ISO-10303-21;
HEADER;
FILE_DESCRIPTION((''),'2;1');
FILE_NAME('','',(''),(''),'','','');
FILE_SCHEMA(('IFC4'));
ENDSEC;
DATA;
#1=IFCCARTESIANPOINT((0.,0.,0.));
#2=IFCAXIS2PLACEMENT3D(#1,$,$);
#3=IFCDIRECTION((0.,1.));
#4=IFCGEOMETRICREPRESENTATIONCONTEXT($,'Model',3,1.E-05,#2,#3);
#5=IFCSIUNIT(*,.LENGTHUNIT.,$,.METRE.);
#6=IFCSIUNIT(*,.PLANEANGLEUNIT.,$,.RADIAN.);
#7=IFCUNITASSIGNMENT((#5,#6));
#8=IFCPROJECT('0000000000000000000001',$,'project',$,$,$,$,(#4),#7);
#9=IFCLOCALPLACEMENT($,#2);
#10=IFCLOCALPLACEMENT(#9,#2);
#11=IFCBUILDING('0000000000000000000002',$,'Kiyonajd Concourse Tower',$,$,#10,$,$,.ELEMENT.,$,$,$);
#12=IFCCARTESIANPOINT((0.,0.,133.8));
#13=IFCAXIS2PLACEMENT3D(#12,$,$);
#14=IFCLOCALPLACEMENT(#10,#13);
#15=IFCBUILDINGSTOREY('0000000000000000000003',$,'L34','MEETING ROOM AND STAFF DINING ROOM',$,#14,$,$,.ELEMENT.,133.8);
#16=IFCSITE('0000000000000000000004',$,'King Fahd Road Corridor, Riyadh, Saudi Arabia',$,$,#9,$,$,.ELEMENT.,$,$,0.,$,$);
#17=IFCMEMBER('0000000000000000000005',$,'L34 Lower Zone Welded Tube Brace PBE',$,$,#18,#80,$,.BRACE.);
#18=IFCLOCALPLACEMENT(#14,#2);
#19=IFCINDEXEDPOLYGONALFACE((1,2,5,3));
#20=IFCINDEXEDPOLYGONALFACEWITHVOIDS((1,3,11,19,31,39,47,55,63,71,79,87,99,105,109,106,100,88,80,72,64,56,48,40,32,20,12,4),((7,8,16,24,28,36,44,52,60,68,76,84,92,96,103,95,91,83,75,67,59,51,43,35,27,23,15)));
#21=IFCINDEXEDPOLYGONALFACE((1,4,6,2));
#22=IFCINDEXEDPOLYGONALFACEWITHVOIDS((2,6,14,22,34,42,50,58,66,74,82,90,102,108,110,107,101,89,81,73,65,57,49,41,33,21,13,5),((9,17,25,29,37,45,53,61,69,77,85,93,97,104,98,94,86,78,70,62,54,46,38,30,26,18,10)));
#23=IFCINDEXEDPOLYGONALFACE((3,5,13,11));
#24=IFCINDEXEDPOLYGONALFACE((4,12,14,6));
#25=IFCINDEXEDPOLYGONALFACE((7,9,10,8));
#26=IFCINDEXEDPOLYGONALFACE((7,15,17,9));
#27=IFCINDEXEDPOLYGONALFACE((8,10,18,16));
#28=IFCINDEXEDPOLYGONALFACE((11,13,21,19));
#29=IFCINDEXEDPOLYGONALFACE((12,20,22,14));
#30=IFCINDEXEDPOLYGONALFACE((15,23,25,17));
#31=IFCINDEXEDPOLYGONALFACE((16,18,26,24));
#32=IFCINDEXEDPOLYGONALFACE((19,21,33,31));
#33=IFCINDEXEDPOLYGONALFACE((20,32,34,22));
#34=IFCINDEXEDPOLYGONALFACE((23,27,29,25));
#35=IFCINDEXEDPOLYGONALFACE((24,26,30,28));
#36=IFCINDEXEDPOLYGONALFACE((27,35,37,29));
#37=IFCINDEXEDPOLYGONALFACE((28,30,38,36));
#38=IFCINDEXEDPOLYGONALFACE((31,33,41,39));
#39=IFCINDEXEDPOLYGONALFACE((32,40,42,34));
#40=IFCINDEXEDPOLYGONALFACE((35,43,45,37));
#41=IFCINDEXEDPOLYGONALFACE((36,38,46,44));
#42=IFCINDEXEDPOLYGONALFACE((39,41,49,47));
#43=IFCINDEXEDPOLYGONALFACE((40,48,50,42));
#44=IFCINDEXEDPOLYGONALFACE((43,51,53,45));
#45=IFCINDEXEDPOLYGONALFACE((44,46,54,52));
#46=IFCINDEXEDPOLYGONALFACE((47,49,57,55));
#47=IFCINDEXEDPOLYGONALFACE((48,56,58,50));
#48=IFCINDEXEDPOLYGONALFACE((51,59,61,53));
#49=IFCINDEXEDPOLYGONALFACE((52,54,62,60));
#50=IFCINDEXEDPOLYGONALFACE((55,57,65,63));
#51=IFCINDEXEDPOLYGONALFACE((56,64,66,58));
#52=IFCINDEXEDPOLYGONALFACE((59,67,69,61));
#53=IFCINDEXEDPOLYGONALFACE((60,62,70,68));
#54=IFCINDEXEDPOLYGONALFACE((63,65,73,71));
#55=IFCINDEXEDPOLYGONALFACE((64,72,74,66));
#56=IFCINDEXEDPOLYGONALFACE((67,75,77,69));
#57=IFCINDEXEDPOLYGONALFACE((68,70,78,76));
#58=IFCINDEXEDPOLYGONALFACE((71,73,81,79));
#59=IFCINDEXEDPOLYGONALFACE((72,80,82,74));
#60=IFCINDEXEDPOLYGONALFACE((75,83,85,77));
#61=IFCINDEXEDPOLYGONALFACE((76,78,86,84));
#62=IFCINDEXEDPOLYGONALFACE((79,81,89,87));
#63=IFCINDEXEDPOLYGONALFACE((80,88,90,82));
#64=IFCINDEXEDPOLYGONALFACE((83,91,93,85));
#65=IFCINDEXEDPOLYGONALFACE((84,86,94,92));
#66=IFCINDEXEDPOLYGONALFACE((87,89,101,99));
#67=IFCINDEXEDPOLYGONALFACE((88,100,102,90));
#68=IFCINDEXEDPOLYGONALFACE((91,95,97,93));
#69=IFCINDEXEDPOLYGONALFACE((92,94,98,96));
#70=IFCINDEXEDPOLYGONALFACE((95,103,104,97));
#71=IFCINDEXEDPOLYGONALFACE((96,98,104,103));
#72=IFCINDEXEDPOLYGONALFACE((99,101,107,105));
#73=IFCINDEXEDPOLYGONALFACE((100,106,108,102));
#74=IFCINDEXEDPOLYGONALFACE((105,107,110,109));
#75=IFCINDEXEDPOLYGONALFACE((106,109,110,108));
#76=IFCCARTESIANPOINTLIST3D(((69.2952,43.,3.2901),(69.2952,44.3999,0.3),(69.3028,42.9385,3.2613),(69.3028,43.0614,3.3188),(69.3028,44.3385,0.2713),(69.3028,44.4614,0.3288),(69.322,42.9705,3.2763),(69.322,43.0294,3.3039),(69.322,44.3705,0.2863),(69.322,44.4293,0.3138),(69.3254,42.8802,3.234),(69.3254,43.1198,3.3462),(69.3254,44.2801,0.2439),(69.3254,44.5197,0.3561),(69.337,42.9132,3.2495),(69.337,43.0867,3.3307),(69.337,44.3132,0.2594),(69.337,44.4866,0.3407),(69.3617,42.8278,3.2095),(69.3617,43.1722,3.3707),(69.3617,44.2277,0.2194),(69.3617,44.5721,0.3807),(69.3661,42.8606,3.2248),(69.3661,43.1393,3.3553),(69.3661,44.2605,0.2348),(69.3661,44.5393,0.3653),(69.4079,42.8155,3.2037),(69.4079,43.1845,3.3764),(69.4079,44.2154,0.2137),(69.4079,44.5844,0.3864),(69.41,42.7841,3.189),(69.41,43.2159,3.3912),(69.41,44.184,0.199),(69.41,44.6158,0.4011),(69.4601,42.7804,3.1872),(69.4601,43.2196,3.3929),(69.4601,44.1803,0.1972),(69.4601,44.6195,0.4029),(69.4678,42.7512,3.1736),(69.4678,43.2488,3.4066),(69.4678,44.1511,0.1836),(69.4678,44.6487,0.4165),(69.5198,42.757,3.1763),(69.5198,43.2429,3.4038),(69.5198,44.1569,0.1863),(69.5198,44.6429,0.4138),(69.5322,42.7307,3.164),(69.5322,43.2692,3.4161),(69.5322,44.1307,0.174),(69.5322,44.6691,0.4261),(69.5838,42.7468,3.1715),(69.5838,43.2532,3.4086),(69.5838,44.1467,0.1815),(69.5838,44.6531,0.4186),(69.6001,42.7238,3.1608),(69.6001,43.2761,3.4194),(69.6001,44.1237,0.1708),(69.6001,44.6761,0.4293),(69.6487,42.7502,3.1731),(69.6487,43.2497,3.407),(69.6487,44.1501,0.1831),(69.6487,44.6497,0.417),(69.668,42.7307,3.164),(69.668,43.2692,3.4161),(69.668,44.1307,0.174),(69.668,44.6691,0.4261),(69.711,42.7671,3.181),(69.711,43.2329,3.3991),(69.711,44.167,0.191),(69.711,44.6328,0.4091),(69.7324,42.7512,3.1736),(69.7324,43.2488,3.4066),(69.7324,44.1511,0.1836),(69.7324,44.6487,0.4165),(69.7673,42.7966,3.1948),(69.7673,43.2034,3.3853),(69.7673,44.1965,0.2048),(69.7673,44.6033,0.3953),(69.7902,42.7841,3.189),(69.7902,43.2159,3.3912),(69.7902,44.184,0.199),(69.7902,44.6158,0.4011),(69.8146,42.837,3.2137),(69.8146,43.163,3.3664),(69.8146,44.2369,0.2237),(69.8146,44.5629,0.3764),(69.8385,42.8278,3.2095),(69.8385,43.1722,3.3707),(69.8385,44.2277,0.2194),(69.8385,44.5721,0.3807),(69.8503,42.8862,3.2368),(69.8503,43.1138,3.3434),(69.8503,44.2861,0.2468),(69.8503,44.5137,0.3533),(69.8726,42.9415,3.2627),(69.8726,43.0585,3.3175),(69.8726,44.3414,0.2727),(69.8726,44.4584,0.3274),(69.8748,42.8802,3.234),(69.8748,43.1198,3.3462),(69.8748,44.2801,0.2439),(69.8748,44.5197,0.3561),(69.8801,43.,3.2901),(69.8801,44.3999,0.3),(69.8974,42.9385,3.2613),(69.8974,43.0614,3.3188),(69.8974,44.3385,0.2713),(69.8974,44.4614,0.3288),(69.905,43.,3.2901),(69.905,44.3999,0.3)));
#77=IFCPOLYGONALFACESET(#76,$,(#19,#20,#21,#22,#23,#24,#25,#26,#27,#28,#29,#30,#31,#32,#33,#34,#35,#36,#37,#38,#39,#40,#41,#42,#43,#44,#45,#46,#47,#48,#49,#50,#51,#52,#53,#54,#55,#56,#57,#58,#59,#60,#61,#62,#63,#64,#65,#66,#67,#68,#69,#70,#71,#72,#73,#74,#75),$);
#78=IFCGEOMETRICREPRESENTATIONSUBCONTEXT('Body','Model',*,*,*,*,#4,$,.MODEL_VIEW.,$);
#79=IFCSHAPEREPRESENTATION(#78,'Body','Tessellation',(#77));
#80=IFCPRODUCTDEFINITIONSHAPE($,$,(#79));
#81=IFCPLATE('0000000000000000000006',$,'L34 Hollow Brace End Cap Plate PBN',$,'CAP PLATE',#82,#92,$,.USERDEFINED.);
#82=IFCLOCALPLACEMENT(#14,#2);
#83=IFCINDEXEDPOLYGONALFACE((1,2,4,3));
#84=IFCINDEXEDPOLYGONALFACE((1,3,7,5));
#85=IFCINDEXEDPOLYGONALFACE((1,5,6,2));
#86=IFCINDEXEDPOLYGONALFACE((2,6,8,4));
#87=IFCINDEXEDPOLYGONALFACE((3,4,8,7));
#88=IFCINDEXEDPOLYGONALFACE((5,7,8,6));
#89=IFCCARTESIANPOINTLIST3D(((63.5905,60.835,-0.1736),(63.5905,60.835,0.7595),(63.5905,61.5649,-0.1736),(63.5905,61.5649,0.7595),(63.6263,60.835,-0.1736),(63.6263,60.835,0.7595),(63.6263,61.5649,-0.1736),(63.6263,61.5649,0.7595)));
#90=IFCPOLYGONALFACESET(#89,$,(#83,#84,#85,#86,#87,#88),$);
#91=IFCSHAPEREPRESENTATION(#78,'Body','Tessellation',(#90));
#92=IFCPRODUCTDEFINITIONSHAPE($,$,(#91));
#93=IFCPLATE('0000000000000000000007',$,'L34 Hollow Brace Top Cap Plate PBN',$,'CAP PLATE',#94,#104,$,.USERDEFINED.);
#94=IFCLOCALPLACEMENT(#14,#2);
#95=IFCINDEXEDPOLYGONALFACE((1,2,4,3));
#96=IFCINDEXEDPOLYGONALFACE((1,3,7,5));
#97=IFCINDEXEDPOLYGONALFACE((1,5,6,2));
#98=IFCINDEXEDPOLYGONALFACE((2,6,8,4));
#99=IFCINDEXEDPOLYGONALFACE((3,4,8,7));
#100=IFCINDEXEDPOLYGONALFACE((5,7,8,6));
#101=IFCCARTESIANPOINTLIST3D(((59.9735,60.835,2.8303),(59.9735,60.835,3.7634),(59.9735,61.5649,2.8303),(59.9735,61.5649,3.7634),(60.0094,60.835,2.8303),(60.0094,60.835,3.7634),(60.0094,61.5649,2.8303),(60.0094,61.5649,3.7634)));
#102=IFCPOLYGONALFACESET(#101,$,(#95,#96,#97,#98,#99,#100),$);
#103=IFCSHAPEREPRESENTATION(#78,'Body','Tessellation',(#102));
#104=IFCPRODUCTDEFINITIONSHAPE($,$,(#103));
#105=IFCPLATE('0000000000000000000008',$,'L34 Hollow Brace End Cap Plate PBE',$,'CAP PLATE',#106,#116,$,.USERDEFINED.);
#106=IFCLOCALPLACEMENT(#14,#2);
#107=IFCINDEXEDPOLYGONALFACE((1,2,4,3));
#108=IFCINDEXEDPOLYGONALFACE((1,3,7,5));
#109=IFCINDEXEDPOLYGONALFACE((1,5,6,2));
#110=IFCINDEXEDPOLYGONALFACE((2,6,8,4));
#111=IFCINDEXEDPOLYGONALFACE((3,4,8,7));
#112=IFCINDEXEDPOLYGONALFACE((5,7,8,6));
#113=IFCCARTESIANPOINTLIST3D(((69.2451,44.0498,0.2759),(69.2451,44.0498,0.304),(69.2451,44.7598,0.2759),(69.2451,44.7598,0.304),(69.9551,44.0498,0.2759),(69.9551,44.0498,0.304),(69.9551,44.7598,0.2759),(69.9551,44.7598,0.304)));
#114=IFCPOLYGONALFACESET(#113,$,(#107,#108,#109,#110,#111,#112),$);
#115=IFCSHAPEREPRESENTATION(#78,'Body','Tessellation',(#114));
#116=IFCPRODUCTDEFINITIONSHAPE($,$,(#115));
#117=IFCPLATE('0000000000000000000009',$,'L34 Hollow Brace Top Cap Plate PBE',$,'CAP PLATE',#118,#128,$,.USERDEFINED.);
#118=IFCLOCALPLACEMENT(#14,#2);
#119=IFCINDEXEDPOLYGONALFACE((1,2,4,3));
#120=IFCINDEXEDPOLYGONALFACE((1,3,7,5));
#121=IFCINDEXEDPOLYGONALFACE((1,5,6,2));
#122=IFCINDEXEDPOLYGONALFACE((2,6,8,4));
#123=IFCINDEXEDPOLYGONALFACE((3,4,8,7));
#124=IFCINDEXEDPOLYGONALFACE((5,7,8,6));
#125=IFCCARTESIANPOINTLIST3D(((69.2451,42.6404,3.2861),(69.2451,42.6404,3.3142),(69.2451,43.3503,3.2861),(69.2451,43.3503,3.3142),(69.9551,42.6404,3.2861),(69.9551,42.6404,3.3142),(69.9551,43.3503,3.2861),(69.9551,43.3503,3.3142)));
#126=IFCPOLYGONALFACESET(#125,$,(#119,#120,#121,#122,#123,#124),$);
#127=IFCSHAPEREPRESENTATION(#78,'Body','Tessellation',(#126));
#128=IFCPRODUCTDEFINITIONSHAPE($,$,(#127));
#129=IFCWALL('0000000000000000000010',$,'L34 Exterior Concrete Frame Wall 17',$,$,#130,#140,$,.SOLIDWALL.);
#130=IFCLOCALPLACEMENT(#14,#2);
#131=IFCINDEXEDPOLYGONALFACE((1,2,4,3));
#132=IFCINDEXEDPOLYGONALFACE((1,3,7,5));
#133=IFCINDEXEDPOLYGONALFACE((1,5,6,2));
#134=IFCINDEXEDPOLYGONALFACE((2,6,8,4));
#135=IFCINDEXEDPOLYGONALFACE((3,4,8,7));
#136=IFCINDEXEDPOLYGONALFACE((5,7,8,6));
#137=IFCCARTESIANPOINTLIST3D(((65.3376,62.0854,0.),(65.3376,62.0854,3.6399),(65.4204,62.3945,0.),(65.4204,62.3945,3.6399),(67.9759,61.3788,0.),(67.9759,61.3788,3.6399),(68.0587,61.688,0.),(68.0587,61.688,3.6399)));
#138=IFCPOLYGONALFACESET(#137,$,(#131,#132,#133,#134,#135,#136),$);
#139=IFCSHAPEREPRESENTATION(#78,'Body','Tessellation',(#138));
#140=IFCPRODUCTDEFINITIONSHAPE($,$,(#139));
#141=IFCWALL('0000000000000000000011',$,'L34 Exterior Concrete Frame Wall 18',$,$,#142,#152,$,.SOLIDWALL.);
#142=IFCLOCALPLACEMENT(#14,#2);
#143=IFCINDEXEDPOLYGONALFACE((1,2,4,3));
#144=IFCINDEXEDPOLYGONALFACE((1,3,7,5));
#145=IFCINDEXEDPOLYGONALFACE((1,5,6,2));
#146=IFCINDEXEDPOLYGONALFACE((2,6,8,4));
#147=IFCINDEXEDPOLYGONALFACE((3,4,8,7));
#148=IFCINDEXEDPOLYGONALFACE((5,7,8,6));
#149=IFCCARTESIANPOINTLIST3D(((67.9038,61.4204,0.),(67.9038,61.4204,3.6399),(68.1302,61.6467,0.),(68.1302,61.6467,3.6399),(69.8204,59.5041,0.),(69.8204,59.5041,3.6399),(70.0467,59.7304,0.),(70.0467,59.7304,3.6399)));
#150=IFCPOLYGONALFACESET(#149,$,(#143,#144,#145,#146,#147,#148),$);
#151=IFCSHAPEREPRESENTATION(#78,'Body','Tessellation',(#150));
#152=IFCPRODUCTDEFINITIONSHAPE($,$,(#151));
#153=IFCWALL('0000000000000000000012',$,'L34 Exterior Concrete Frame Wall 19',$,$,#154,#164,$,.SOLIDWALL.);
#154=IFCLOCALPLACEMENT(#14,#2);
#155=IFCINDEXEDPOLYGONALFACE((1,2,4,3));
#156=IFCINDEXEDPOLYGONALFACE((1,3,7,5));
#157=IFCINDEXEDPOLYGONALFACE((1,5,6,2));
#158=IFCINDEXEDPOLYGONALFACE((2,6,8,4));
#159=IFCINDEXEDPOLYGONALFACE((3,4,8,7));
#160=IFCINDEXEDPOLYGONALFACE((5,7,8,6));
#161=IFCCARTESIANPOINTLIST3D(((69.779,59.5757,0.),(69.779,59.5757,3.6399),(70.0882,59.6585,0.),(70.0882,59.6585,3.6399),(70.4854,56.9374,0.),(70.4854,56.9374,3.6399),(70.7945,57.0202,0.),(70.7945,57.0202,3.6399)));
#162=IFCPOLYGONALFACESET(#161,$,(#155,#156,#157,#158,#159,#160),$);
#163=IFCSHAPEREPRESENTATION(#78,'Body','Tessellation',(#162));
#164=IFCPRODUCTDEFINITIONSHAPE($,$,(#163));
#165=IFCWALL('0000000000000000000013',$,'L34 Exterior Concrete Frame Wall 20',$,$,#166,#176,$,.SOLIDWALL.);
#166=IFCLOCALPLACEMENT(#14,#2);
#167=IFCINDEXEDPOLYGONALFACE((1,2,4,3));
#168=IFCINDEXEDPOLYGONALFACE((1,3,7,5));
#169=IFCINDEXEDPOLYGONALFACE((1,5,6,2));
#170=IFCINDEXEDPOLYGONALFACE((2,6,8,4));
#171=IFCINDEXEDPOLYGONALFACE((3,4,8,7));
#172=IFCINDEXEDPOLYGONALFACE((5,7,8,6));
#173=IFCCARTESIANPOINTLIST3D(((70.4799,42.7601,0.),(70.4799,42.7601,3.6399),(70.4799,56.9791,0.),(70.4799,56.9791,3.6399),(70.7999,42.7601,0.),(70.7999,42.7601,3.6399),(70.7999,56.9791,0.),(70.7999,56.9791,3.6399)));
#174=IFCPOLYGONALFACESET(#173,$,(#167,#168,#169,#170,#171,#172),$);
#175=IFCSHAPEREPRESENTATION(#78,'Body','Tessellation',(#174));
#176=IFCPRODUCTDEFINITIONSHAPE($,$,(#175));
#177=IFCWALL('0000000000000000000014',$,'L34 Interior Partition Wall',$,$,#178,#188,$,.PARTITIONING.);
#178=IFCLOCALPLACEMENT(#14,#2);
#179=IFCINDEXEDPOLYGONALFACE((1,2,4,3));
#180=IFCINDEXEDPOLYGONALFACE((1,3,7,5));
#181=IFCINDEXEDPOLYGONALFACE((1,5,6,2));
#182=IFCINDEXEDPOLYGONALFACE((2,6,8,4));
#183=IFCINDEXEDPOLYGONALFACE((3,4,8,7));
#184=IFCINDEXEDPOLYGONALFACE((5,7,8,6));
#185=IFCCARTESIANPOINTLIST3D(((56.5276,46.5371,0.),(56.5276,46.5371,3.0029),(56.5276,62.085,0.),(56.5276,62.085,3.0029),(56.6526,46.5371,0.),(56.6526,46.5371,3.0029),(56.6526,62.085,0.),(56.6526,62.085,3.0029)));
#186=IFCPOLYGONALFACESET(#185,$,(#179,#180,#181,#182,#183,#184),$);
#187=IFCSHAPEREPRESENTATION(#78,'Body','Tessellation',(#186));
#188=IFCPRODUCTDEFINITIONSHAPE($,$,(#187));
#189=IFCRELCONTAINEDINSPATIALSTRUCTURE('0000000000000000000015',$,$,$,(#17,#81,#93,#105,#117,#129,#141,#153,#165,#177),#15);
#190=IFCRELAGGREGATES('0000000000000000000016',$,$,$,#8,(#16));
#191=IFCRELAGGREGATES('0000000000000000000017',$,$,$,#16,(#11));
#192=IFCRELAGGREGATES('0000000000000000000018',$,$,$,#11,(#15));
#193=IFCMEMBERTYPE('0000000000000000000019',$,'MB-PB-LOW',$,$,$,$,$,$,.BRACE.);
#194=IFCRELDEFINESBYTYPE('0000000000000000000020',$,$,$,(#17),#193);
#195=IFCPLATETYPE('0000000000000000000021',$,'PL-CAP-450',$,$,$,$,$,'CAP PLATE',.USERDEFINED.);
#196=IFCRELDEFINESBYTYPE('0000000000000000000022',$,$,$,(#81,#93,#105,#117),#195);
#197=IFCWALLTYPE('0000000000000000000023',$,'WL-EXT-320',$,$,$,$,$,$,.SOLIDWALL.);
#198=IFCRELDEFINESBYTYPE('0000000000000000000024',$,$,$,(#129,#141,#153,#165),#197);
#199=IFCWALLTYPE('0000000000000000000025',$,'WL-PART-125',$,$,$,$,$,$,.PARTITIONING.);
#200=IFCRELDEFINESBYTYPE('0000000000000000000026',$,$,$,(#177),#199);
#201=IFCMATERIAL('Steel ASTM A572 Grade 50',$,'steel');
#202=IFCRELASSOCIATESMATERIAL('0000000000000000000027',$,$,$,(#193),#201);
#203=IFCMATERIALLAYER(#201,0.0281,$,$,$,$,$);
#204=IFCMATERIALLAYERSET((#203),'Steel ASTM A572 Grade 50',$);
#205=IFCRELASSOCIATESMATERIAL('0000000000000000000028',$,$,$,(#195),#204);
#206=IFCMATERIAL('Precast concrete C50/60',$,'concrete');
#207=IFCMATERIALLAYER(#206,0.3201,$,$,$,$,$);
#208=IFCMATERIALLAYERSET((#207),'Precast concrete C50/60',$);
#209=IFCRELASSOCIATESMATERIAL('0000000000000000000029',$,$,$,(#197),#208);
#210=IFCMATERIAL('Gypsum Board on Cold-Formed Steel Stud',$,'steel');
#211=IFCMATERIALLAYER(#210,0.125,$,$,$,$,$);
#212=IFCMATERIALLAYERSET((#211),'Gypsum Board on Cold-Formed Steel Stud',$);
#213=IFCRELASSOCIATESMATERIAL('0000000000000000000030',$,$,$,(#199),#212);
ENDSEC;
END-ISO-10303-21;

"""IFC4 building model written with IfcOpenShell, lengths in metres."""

from ifc_helpers import new_model, si_unit, direction, frame, frame_2d, origin, origin_2d, place, context, subcontext, project, spatial, rectangle, hollow_circle, extrude, material, layer, layer_set, material_profile, profile_set, type_object, element, save


model = new_model("IFC4")

# Units and contexts
model_context = context("Model", 3, precision=1e-05, world=origin(), true_north=direction((0.0, 1.0)))
body_context = subcontext(model_context, "Body", "Model", "MODEL_VIEW")
ifc_project = project(units=[si_unit("LENGTHUNIT", "METRE"), si_unit("PLANEANGLEUNIT", "RADIAN")], contexts=[model_context])

# Site, building, storey
site_placement = place(None, origin())
site = spatial("IfcSite", under=ifc_project, at=site_placement, Name="King Fahd Road Corridor, Riyadh, Saudi Arabia", CompositionType="ELEMENT", RefElevation=0.0)
building_placement = place(site_placement, origin())
building = spatial("IfcBuilding", under=site, at=building_placement, Name="Kiyonajd Concourse Tower", CompositionType="ELEMENT")
storey_placement = place(building_placement, frame((0.0, 0.0, 133.8)))
storey = spatial("IfcBuildingStorey", under=building, at=storey_placement, Name="L34", Description="MEETING ROOM AND STAFF DINING ROOM", CompositionType="ELEMENT", Elevation=133.8)

# Shared definitions
ifc_material_1 = material(Name="Precast concrete C50/60", Category="concrete")

# Member
ifc_material_2 = material(Name="Steel ASTM A572 Grade 50", Category="steel")
ifc_material_profile_1 = material_profile(ifc_material_2, hollow_circle(Radius=0.3049, WallThickness=0.0249, at=origin_2d()), Name="CHS-610x25")
ifc_profile_set_1 = profile_set([ifc_material_profile_1], Name="Steel ASTM A572 Grade 50")
member_type = type_object("IfcMemberType", Name="MB-PB-LOW", PredefinedType="BRACE", material=ifc_profile_set_1)
member_1_placement = place(storey_placement, frame((69.6001, 44.3999, 0.3), z_axis=(0.0, -0.424023, 0.905652), x_axis=(1.0, 0.0, 0.0)))
element("IfcMember", 1, at=member_1_placement, inside=storey, type_object=member_type, Name="L34 Lower Zone Welded Tube Brace PBE", PredefinedType="BRACE", context=body_context, shape_type="SweptSolid", body=[
    extrude(hollow_circle(Radius=0.3049, WallThickness=0.0249, at=origin_2d()), origin(), (0.0, 0.0, 1.0), 3.3015),
])

# Plates
ifc_layer_1 = layer(ifc_material_2, 0.0281)
ifc_layer_set_1 = layer_set([ifc_layer_1], Name="Steel ASTM A572 Grade 50")
plate_type = type_object("IfcPlateType", Name="PL-CAP-450", ElementType="CAP PLATE", PredefinedType="USERDEFINED", material=ifc_layer_set_1)
for number, where, z_axis, x_axis, name in (
    (2, (63.6084, 61.2, -0.1736), (0.0, 0.0, 1.0), (1.0, 0.0, 0.0), "L34 Hollow Brace End Cap Plate PBN"),
    (3, (59.9915, 61.2, 2.8303), (0.0, 0.0, 1.0), (-1.0, 0.0, 0.0), "L34 Hollow Brace Top Cap Plate PBN"),
):
    element("IfcPlate", number, at=place(storey_placement, frame(where, z_axis=z_axis, x_axis=x_axis)), inside=storey, type_object=plate_type, Name=name, ObjectType="CAP PLATE", PredefinedType="USERDEFINED", context=body_context, shape_type="SweptSolid", body=[
        extrude(rectangle(XDim=0.0359, YDim=0.73, at=origin_2d()), origin(), (0.0, 0.0, 1.0), 0.9331),
    ])
for number, where, z_axis, x_axis, name in (
    (4, (69.6001, 44.4048, 0.2759), (0.0, 0.0, 1.0), (1.0, 0.0, 0.0), "L34 Hollow Brace End Cap Plate PBE"),
    (5, (69.6001, 42.9954, 3.2861), (0.0, 0.0, 1.0), (1.0, 0.0, 0.0), "L34 Hollow Brace Top Cap Plate PBE"),
):
    element("IfcPlate", number, at=place(storey_placement, frame(where, z_axis=z_axis, x_axis=x_axis)), inside=storey, type_object=plate_type, Name=name, ObjectType="CAP PLATE", PredefinedType="USERDEFINED", context=body_context, shape_type="SweptSolid", body=[
        extrude(rectangle(XDim=0.71, YDim=0.71, at=origin_2d()), origin(), (0.0, 0.0, 1.0), 0.0281),
    ])

# Walls
ifc_layer_2 = layer(ifc_material_1, 0.3201)
ifc_layer_set_2 = layer_set([ifc_layer_2], Name="Precast concrete C50/60")
wall_type_1 = type_object("IfcWallType", Name="WL-EXT-320", PredefinedType="SOLIDWALL", material=ifc_layer_set_2)
wall_1_placement = place(storey_placement, frame((65.3789, 62.24, 0.0), z_axis=(0.0, 0.0, 1.0), x_axis=(0.965958, -0.258697, 0.0)))
element("IfcWall", 6, at=wall_1_placement, inside=storey, type_object=wall_type_1, Name="L34 Exterior Concrete Frame Wall 17", PredefinedType="SOLIDWALL", context=body_context, shape_type="SweptSolid", body=[
    extrude(rectangle(XDim=2.7312, YDim=0.3201, at=frame_2d((1.3657, 0.0))), origin(), (0.0, 0.0, 1.0), 3.6399),
])
wall_2_placement = place(storey_placement, frame((68.0171, 61.5334, 0.0), z_axis=(0.0, 0.0, 1.0), x_axis=(0.707152, -0.707062, 0.0)))
element("IfcWall", 7, at=wall_2_placement, inside=storey, type_object=wall_type_1, Name="L34 Exterior Concrete Frame Wall 18", PredefinedType="SOLIDWALL", context=body_context, shape_type="SweptSolid", body=[
    extrude(rectangle(XDim=2.7102, YDim=0.3201, at=frame_2d((1.355, 0.0))), origin(), (0.0, 0.0, 1.0), 3.6399),
])
wall_3_placement = place(storey_placement, frame((69.9336, 59.6172, 0.0), z_axis=(0.0, 0.0, 1.0), x_axis=(0.258614, -0.965981, 0.0)))
element("IfcWall", 8, at=wall_3_placement, inside=storey, type_object=wall_type_1, Name="L34 Exterior Concrete Frame Wall 19", PredefinedType="SOLIDWALL", context=body_context, shape_type="SweptSolid", body=[
    extrude(rectangle(XDim=2.7312, YDim=0.3201, at=frame_2d((1.3657, 0.0))), origin(), (0.0, 0.0, 1.0), 3.6399),
])
wall_4_placement = place(storey_placement, frame((70.6399, 56.979, 0.0), z_axis=(0.0, 0.0, 1.0), x_axis=(0.0, -1.0, 0.0)))
element("IfcWall", 9, at=wall_4_placement, inside=storey, type_object=wall_type_1, Name="L34 Exterior Concrete Frame Wall 20", PredefinedType="SOLIDWALL", context=body_context, shape_type="SweptSolid", body=[
    extrude(rectangle(XDim=14.219, YDim=0.3201, at=frame_2d((7.1094, 0.0))), origin(), (0.0, 0.0, 1.0), 3.6399),
])
ifc_material_3 = material(Name="Gypsum Board on Cold-Formed Steel Stud", Category="steel")
ifc_layer_3 = layer(ifc_material_3, 0.125)
ifc_layer_set_3 = layer_set([ifc_layer_3], Name="Gypsum Board on Cold-Formed Steel Stud")
wall_type_2 = type_object("IfcWallType", Name="WL-PART-125", PredefinedType="PARTITIONING", material=ifc_layer_set_3)
wall_5_placement = place(storey_placement, frame((56.5901, 46.5371, 0.0), z_axis=(0.0, 0.0, 1.0), x_axis=(0.0, 1.0, 0.0)))
element("IfcWall", 10, at=wall_5_placement, inside=storey, type_object=wall_type_2, Name="L34 Interior Partition Wall", PredefinedType="PARTITIONING", context=body_context, shape_type="SweptSolid", body=[
    extrude(rectangle(XDim=15.5479, YDim=0.125, at=frame_2d((7.7739, 0.0))), origin(), (0.0, 0.0, 1.0), 3.0029),
])

save(model, "model.ifc")
